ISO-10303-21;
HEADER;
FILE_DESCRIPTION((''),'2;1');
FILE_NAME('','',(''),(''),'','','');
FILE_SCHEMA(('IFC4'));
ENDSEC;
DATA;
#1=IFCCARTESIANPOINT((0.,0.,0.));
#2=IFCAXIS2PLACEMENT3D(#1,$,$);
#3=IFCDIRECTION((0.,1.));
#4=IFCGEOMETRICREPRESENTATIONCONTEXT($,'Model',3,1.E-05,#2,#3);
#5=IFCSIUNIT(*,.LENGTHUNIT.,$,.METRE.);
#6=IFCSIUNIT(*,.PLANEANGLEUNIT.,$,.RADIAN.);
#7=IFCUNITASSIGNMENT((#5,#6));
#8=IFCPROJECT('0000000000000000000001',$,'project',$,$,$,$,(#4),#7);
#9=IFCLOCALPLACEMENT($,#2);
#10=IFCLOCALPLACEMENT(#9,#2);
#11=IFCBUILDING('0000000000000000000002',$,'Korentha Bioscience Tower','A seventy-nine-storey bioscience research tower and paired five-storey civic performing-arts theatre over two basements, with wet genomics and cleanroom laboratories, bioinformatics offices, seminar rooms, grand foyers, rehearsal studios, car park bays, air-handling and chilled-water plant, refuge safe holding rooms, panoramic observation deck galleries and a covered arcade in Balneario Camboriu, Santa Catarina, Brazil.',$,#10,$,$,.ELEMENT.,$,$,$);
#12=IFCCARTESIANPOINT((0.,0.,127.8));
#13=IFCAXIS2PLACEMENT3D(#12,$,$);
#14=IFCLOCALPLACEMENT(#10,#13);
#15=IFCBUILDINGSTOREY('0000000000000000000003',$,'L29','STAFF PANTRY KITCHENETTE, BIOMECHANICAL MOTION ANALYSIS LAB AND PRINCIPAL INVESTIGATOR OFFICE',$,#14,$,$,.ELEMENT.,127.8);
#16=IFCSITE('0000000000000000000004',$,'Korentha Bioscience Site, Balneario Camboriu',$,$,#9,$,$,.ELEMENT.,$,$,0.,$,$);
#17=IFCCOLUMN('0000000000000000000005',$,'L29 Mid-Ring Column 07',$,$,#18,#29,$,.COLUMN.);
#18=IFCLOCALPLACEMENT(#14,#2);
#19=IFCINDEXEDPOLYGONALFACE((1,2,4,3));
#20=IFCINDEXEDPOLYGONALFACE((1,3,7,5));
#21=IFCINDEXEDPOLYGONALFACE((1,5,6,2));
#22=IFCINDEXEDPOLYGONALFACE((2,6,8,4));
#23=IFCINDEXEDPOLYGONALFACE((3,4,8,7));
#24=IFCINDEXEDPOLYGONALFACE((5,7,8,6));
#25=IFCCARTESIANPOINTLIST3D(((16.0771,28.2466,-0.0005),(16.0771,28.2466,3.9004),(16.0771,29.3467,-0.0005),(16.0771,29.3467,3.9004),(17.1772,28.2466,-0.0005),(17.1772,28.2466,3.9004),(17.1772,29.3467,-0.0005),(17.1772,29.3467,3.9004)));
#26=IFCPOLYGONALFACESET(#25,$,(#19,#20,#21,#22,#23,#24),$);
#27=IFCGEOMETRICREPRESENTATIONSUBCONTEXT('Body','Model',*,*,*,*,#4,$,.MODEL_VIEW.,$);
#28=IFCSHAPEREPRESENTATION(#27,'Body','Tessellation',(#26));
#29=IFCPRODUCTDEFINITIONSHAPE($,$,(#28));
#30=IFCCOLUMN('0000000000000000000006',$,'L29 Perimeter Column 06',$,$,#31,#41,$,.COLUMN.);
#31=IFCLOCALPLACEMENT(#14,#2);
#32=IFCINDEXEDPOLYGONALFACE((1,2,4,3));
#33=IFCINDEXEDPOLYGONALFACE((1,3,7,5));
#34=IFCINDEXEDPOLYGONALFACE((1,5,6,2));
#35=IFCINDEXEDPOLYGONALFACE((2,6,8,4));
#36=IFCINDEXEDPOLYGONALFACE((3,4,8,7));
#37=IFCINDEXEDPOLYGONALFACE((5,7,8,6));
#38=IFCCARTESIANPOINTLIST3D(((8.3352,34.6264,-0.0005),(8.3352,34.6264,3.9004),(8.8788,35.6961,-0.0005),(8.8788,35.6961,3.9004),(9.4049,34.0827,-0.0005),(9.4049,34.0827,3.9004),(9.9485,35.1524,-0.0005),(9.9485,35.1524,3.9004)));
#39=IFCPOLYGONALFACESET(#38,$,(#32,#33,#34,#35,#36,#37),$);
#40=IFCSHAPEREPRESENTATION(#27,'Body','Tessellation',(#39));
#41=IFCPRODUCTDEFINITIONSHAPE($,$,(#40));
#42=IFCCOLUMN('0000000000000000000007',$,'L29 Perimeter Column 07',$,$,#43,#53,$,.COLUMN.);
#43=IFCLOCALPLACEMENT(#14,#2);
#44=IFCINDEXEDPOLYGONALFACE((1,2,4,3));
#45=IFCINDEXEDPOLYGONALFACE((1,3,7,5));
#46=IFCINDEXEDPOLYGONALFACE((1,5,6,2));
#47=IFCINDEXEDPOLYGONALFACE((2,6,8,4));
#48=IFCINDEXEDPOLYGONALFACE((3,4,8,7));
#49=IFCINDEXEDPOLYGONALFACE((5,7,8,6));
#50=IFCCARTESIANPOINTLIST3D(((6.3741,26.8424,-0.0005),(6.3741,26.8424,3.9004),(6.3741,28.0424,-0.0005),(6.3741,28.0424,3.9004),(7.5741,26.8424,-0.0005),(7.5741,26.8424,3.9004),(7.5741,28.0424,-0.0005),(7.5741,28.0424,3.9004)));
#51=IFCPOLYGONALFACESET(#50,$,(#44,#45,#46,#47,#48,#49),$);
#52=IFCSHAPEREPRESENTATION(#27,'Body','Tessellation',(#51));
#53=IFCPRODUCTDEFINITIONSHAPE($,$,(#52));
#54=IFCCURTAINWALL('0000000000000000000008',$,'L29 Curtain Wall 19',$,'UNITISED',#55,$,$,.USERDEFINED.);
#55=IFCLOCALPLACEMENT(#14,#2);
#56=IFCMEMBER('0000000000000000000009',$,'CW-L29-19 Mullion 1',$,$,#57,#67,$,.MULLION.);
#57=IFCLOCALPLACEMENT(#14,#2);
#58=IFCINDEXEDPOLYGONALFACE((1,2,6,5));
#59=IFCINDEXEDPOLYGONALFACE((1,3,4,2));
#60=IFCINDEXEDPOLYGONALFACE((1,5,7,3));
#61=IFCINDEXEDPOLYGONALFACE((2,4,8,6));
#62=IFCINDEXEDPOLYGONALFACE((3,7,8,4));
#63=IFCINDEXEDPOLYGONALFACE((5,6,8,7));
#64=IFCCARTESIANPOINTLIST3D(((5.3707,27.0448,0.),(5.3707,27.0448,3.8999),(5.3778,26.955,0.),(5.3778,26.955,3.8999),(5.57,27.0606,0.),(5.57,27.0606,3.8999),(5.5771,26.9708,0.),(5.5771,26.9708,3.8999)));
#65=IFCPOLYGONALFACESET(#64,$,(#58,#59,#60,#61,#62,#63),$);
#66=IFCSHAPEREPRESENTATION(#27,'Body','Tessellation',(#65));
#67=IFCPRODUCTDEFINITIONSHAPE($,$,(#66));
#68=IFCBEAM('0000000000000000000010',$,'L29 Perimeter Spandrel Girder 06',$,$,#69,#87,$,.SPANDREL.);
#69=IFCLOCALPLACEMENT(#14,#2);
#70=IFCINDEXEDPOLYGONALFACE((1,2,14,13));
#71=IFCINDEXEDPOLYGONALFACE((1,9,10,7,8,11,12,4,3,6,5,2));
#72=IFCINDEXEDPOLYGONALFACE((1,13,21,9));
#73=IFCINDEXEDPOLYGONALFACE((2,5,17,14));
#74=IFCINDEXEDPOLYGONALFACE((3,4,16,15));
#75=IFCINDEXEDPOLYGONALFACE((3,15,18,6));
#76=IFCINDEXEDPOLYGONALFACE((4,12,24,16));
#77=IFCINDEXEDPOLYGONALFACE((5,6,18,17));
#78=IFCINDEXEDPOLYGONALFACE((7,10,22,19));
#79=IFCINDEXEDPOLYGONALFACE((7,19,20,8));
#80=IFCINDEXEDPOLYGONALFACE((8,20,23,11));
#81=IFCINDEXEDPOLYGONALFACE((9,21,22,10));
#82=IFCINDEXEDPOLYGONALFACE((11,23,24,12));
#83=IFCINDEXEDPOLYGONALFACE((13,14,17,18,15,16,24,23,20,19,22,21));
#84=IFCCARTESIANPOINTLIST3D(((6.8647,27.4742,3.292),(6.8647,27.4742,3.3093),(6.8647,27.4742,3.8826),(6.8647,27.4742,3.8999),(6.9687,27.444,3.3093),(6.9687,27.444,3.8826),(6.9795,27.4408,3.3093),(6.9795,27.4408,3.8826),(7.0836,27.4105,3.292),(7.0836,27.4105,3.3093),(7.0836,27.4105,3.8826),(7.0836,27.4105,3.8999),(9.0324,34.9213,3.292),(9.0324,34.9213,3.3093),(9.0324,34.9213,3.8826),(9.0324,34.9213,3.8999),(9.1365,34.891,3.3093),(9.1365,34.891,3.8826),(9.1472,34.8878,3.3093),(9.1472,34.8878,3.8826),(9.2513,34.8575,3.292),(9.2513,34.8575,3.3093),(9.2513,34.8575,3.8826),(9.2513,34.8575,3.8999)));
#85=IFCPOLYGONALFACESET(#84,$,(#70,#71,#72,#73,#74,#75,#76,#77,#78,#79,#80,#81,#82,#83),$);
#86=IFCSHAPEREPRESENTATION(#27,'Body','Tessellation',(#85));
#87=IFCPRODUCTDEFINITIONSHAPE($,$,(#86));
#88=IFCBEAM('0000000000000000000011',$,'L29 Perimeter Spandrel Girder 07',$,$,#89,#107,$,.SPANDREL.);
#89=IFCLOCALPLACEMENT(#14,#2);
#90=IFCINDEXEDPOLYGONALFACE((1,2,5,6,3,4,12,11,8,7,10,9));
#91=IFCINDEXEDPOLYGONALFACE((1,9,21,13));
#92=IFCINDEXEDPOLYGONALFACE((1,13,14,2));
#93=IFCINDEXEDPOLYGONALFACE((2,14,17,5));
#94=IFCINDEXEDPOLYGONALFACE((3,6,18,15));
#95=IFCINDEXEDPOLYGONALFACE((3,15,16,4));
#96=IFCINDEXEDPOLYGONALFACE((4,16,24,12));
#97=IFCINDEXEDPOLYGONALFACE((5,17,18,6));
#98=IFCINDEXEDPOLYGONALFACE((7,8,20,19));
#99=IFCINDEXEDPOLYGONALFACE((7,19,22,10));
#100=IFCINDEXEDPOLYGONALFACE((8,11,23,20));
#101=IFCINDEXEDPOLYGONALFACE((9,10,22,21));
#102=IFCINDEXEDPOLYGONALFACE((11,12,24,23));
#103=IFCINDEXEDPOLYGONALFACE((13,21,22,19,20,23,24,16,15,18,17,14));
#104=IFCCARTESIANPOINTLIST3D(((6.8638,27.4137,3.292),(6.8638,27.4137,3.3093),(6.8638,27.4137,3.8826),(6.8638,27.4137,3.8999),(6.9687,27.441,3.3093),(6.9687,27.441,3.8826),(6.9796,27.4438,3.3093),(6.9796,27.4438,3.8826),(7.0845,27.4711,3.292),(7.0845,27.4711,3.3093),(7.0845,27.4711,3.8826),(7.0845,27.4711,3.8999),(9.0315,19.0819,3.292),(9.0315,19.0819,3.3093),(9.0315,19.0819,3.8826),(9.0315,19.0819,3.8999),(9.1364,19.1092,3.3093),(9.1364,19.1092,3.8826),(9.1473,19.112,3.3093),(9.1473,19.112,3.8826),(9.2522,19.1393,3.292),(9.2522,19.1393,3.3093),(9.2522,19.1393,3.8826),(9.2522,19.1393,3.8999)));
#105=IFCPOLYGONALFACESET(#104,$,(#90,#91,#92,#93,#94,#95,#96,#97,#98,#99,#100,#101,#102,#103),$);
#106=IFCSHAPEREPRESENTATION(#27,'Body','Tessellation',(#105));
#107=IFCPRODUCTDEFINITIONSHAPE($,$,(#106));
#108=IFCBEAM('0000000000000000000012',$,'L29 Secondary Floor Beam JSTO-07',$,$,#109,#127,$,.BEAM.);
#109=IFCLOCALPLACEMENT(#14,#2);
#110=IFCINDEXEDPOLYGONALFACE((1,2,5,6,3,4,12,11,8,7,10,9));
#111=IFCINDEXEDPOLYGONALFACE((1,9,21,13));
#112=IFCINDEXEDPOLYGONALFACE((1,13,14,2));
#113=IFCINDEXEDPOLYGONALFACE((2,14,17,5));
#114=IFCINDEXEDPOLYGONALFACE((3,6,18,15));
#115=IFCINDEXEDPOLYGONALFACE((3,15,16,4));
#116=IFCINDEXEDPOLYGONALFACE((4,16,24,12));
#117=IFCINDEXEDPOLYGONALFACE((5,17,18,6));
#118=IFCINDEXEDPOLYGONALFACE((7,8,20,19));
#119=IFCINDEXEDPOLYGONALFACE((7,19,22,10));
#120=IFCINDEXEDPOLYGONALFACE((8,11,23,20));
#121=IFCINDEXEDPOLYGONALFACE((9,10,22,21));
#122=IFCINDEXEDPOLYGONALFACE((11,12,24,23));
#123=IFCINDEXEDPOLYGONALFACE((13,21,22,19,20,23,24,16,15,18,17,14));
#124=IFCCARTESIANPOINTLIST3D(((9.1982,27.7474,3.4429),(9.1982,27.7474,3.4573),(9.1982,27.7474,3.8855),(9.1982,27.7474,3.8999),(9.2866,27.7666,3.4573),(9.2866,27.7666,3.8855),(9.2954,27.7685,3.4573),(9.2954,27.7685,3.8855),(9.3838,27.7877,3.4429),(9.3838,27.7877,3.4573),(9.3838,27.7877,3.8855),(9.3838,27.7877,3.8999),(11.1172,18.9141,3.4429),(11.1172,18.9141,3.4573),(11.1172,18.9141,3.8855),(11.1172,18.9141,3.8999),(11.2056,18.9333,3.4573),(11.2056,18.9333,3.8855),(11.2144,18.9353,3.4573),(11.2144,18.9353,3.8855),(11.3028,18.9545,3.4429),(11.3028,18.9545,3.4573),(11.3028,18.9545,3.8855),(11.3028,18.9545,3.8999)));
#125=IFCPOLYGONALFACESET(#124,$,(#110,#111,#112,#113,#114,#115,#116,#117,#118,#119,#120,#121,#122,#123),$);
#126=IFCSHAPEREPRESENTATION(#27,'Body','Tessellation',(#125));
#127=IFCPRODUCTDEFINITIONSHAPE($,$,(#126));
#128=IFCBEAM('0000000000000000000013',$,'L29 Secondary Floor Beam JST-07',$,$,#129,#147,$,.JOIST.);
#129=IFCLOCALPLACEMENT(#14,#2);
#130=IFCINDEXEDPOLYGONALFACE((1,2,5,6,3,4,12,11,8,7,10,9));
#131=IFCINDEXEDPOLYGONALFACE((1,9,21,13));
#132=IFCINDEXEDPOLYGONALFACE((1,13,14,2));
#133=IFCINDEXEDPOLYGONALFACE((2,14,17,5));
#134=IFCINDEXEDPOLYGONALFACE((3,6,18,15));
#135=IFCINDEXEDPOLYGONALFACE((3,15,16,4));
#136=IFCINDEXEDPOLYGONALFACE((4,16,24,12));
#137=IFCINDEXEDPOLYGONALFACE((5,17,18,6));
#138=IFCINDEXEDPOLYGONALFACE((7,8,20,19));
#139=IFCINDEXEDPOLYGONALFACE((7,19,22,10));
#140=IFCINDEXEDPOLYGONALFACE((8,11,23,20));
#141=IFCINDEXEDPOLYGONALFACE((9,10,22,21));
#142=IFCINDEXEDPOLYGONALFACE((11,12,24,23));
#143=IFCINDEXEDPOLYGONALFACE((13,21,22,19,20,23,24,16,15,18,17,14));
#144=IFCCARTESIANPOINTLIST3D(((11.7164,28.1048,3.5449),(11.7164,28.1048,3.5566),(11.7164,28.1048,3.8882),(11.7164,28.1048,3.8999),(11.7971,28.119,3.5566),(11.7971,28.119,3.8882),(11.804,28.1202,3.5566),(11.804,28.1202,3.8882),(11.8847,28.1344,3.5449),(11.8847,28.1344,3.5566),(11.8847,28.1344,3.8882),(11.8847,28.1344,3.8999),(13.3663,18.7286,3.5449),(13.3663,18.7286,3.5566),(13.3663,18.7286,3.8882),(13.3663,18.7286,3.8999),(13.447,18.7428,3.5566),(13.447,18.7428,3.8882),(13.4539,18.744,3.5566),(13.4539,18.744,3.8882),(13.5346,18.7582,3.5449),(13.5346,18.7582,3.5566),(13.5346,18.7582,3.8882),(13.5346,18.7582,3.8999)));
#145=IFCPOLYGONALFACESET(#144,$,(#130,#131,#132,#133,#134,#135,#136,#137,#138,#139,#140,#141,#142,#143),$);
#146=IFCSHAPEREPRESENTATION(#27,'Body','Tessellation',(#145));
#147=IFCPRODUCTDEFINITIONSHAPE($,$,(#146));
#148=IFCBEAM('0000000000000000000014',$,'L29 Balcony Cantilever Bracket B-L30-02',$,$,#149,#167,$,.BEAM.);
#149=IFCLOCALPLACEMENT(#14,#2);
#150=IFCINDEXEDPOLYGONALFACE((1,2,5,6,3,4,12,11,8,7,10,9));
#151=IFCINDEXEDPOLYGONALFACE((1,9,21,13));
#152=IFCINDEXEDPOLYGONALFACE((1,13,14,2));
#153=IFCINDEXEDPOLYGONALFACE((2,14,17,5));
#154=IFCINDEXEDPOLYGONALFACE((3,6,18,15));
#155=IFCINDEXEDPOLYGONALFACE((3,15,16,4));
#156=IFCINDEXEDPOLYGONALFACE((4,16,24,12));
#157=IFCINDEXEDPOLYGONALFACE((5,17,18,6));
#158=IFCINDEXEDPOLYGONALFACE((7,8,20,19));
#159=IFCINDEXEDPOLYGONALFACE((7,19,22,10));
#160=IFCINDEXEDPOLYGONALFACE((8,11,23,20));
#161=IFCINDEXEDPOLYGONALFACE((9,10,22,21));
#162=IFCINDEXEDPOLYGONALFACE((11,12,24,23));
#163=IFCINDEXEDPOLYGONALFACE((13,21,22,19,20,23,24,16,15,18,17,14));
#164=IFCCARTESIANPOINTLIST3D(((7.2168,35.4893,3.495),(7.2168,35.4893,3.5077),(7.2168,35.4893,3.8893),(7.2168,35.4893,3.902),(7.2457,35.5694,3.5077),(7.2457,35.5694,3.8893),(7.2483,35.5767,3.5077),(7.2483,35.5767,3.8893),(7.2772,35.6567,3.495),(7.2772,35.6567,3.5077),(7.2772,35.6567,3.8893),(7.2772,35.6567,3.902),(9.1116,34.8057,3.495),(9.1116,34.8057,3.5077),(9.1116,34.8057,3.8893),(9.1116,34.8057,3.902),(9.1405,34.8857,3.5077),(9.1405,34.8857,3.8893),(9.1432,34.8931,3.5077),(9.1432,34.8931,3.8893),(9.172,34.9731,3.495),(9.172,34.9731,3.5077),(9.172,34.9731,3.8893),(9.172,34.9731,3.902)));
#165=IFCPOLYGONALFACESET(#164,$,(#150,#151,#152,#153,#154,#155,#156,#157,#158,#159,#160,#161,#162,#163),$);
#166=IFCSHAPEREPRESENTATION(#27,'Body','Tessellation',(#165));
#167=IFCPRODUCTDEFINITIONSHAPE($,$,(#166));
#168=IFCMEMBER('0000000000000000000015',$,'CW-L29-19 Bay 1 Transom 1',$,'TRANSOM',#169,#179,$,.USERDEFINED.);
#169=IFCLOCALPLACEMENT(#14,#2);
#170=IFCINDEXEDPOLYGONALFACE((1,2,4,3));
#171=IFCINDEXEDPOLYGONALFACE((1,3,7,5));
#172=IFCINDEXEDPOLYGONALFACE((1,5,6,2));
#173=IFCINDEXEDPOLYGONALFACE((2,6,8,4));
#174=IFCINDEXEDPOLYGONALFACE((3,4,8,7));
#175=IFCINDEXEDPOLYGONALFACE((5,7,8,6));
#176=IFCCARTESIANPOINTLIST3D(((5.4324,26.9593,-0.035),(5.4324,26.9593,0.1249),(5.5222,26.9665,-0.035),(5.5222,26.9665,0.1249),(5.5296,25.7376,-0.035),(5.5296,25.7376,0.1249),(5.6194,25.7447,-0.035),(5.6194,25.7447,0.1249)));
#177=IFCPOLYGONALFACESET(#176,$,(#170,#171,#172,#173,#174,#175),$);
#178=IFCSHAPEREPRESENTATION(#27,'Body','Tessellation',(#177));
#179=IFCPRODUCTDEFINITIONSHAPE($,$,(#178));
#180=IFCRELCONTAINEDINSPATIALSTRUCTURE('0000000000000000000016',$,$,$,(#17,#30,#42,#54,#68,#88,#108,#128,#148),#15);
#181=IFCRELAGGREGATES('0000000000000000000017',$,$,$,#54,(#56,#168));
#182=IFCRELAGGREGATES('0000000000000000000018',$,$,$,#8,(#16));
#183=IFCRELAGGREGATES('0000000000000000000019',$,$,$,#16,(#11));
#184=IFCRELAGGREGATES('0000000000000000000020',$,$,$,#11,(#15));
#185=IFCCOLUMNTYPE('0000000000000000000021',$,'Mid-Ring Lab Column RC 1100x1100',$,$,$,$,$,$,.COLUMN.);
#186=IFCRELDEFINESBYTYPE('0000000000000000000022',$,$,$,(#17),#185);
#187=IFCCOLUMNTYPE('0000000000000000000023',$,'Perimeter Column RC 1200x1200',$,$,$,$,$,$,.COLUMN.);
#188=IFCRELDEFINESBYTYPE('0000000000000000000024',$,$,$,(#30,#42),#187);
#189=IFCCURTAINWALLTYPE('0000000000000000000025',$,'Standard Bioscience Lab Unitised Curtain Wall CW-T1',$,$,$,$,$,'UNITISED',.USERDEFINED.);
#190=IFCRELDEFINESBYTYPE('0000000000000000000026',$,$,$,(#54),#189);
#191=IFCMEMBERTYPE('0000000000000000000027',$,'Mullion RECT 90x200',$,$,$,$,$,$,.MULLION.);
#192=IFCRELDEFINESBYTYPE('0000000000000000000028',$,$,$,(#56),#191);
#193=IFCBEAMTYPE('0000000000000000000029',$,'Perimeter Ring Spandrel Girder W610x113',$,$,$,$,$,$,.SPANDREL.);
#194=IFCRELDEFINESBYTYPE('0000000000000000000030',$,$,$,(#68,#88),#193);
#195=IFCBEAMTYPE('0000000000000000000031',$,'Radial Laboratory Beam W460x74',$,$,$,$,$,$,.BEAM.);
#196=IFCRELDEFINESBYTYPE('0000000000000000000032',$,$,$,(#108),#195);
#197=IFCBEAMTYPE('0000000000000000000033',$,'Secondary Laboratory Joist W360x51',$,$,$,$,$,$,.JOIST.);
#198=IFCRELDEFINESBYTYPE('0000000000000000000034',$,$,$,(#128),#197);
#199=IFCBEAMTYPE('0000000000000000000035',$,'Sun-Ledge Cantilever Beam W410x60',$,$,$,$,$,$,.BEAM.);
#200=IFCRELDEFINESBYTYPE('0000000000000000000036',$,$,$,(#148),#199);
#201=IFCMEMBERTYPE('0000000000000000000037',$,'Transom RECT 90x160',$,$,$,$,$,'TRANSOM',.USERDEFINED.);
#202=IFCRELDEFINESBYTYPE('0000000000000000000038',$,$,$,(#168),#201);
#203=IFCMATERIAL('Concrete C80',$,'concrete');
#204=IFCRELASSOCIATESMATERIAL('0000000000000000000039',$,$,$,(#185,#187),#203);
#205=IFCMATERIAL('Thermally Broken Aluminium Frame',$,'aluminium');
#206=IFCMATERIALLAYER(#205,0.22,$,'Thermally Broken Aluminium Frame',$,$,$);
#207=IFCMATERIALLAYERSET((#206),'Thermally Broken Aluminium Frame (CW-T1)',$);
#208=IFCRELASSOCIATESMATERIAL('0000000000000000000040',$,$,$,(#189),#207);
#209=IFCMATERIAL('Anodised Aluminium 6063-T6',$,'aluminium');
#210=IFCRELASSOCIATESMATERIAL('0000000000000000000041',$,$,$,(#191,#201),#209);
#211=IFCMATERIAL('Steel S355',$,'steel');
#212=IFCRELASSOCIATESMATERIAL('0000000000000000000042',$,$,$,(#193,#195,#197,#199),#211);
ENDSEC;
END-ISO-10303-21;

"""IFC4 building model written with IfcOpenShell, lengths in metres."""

from ifc_helpers import new_model, si_unit, direction, frame, origin, origin_2d, place, context, subcontext, project, spatial, rectangle, i_section, extrude, material, layer, layer_set, material_profile, profile_set, type_object, element, aggregate, save


model = new_model("IFC4")

# Units and contexts
model_context = context("Model", 3, precision=1e-05, world=origin(), true_north=direction((0.0, 1.0)))
body_context = subcontext(model_context, "Body", "Model", "MODEL_VIEW")
ifc_project = project(units=[si_unit("LENGTHUNIT", "METRE"), si_unit("PLANEANGLEUNIT", "RADIAN")], contexts=[model_context])

# Site, building, storey
site_placement = place(None, origin())
site = spatial("IfcSite", under=ifc_project, at=site_placement, Name="Korentha Bioscience Site, Balneario Camboriu", CompositionType="ELEMENT", RefElevation=0.0)
building_placement = place(site_placement, origin())
building = spatial("IfcBuilding", under=site, at=building_placement, Name="Korentha Bioscience Tower", Description="A seventy-nine-storey bioscience research tower and paired five-storey civic performing-arts theatre over two basements, with wet genomics and cleanroom laboratories, bioinformatics offices, seminar rooms, grand foyers, rehearsal studios, car park bays, air-handling and chilled-water plant, refuge safe holding rooms, panoramic observation deck galleries and a covered arcade in Balneario Camboriu, Santa Catarina, Brazil.", CompositionType="ELEMENT")
storey_placement = place(building_placement, frame((0.0, 0.0, 127.8)))
storey = spatial("IfcBuildingStorey", under=building, at=storey_placement, Name="L29", Description="STAFF PANTRY KITCHENETTE, BIOMECHANICAL MOTION ANALYSIS LAB AND PRINCIPAL INVESTIGATOR OFFICE", CompositionType="ELEMENT", Elevation=127.8)

# Columns
ifc_material_1 = material(Name="Concrete C80", Category="concrete")
ifc_material_profile_1 = material_profile(ifc_material_1, rectangle(XDim=1.1001, YDim=1.1001, at=origin_2d()), Name="Concrete C80")
ifc_profile_set_1 = profile_set([ifc_material_profile_1], Name="Concrete C80 (COL-MR11)")
column_type_1 = type_object("IfcColumnType", Name="Mid-Ring Lab Column RC 1100x1100", PredefinedType="COLUMN", material=ifc_profile_set_1)
column_placement = place(storey_placement, frame((16.6272, 28.7966, -0.0005), z_axis=(0.0, 0.0, 1.0), x_axis=(1.0, 0.0, 0.0)))
element("IfcColumn", 1, at=column_placement, inside=storey, type_object=column_type_1, Name="L29 Mid-Ring Column 07", PredefinedType="COLUMN", context=body_context, shape_type="SweptSolid", body=[
    extrude(rectangle(XDim=1.1001, YDim=1.1001, at=origin_2d()), origin(), (0.0, 0.0, 1.0), 3.9009),
])
ifc_material_profile_2 = material_profile(ifc_material_1, rectangle(XDim=1.2, YDim=1.2, at=origin_2d()), Name="Concrete C80")
ifc_profile_set_2 = profile_set([ifc_material_profile_2], Name="Concrete C80 (COL-P12)")
column_type_2 = type_object("IfcColumnType", Name="Perimeter Column RC 1200x1200", PredefinedType="COLUMN", material=ifc_profile_set_2)
for number, where, z_axis, x_axis, name in (
    (2, (9.1418, 34.8894, -0.0005), (0.0, 0.0, 1.0), (0.453057, 0.891481, 0.0), "L29 Perimeter Column 06"),
    (3, (6.9741, 27.4424, -0.0005), (0.0, 0.0, 1.0), (0.0, 1.0, 0.0), "L29 Perimeter Column 07"),
):
    element("IfcColumn", number, at=place(storey_placement, frame(where, z_axis=z_axis, x_axis=x_axis)), inside=storey, type_object=column_type_2, Name=name, PredefinedType="COLUMN", context=body_context, shape_type="SweptSolid", body=[
        extrude(rectangle(XDim=1.2, YDim=1.2, at=origin_2d()), origin(), (0.0, 0.0, 1.0), 3.9009),
    ])

# Curtain wall, member
ifc_material_2 = material(Name="Thermally Broken Aluminium Frame", Category="aluminium")
ifc_layer_1 = layer(ifc_material_2, 0.22, Name="Thermally Broken Aluminium Frame")
ifc_layer_set_1 = layer_set([ifc_layer_1], Name="Thermally Broken Aluminium Frame (CW-T1)")
curtain_wall_type = type_object("IfcCurtainWallType", Name="Standard Bioscience Lab Unitised Curtain Wall CW-T1", ElementType="UNITISED", PredefinedType="USERDEFINED", material=ifc_layer_set_1)
curtain_wall_placement = place(storey_placement, origin())
curtain_wall = element("IfcCurtainWall", 4, at=curtain_wall_placement, inside=storey, type_object=curtain_wall_type, Name="L29 Curtain Wall 19", ObjectType="UNITISED", PredefinedType="USERDEFINED")
ifc_material_3 = material(Name="Anodised Aluminium 6063-T6", Category="aluminium")
ifc_material_profile_3 = material_profile(ifc_material_3, rectangle(XDim=0.0901, YDim=0.2, at=origin_2d()), Name="Anodised Aluminium 6063-T6")
ifc_profile_set_3 = profile_set([ifc_material_profile_3], Name="Anodised Aluminium 6063-T6 (CW-MUL)")
member_type_1 = type_object("IfcMemberType", Name="Mullion RECT 90x200", PredefinedType="MULLION", material=ifc_profile_set_3)
member_1_placement = place(storey_placement, frame((5.4739, 27.0078, 0.0), z_axis=(0.0, 0.0, 1.0), x_axis=(0.07913, -0.996864, 0.0)))
member_1 = element("IfcMember", 5, at=member_1_placement, type_object=member_type_1, Name="CW-L29-19 Mullion 1", PredefinedType="MULLION", context=body_context, shape_type="SweptSolid", body=[
    extrude(rectangle(XDim=0.0901, YDim=0.2, at=origin_2d()), origin(), (0.0, 0.0, 1.0), 3.8999),
])

# Beams
ifc_material_4 = material(Name="Steel S355", Category="steel")
ifc_material_profile_4 = material_profile(ifc_material_4, i_section(OverallWidth=0.228, OverallDepth=0.6079, WebThickness=0.0112, FlangeThickness=0.0173, at=origin_2d()), Name="Steel S355")
ifc_profile_set_4 = profile_set([ifc_material_profile_4], Name="Steel S355 (SB-610)")
beam_type_1 = type_object("IfcBeamType", Name="Perimeter Ring Spandrel Girder W610x113", PredefinedType="SPANDREL", material=ifc_profile_set_4)
beam_1_placement = place(storey_placement, frame((9.1418, 34.8894, 3.5959), z_axis=(-0.279486, -0.96015, 0.0), x_axis=(0.96015, -0.279486, 0.0)))
element("IfcBeam", 6, at=beam_1_placement, inside=storey, type_object=beam_type_1, Name="L29 Perimeter Spandrel Girder 06", PredefinedType="SPANDREL", context=body_context, shape_type="SweptSolid", body=[
    extrude(i_section(OverallWidth=0.228, OverallDepth=0.6079, WebThickness=0.0112, FlangeThickness=0.0173, at=origin_2d()), origin(), (0.0, 0.0, 1.0), 7.7561),
])
beam_2_placement = place(storey_placement, frame((6.9741, 27.4424, 3.5959), z_axis=(0.251793, -0.967781, 0.0), x_axis=(0.967781, 0.251793, 0.0)))
element("IfcBeam", 7, at=beam_2_placement, inside=storey, type_object=beam_type_1, Name="L29 Perimeter Spandrel Girder 07", PredefinedType="SPANDREL", context=body_context, shape_type="SweptSolid", body=[
    extrude(i_section(OverallWidth=0.228, OverallDepth=0.6079, WebThickness=0.0112, FlangeThickness=0.0173, at=origin_2d()), origin(), (0.0, 0.0, 1.0), 8.6091),
])
ifc_material_profile_5 = material_profile(ifc_material_4, i_section(OverallWidth=0.1899, OverallDepth=0.457, WebThickness=0.009, FlangeThickness=0.0144, at=origin_2d()), Name="Steel S355")
ifc_profile_set_5 = profile_set([ifc_material_profile_5], Name="Steel S355 (RB-460)")
beam_type_2 = type_object("IfcBeamType", Name="Radial Laboratory Beam W460x74", PredefinedType="BEAM", material=ifc_profile_set_5)
beam_3_placement = place(storey_placement, frame((9.291, 27.7676, 3.6714), z_axis=(0.212289, -0.977207, 0.0), x_axis=(0.977207, 0.212289, 0.0)))
element("IfcBeam", 8, at=beam_3_placement, inside=storey, type_object=beam_type_2, Name="L29 Secondary Floor Beam JSTO-07", PredefinedType="BEAM", context=body_context, shape_type="SweptSolid", body=[
    extrude(i_section(OverallWidth=0.1899, OverallDepth=0.457, WebThickness=0.009, FlangeThickness=0.0144, at=origin_2d()), origin(), (0.0, 0.0, 1.0), 9.0393),
])
ifc_material_profile_6 = material_profile(ifc_material_4, i_section(OverallWidth=0.1709, OverallDepth=0.355, WebThickness=0.0071, FlangeThickness=0.0117, at=origin_2d()), Name="Steel S355")
ifc_profile_set_6 = profile_set([ifc_material_profile_6], Name="Steel S355 (JB-360)")
beam_type_3 = type_object("IfcBeamType", Name="Secondary Laboratory Joist W360x51", PredefinedType="JOIST", material=ifc_profile_set_6)
beam_4_placement = place(storey_placement, frame((11.8005, 28.1196, 3.7224), z_axis=(0.173304, -0.984868, 0.0), x_axis=(0.984868, 0.173304, 0.0)))
element("IfcBeam", 9, at=beam_4_placement, inside=storey, type_object=beam_type_3, Name="L29 Secondary Floor Beam JST-07", PredefinedType="JOIST", context=body_context, shape_type="SweptSolid", body=[
    extrude(i_section(OverallWidth=0.1709, OverallDepth=0.355, WebThickness=0.0071, FlangeThickness=0.0117, at=origin_2d()), origin(), (0.0, 0.0, 1.0), 9.5203),
])
ifc_material_profile_7 = material_profile(ifc_material_4, i_section(OverallWidth=0.178, OverallDepth=0.407, WebThickness=0.0078, FlangeThickness=0.0127, at=origin_2d()), Name="Steel S355")
ifc_profile_set_7 = profile_set([ifc_material_profile_7], Name="Steel S355 (CB-410)")
beam_type_4 = type_object("IfcBeamType", Name="Sun-Ledge Cantilever Beam W410x60", PredefinedType="BEAM", material=ifc_profile_set_7)
beam_5_placement = place(storey_placement, frame((9.1418, 34.8894, 3.6985), z_axis=(-0.940654, 0.339367, 0.0), x_axis=(-0.339367, -0.940654, 0.0)))
element("IfcBeam", 10, at=beam_5_placement, inside=storey, type_object=beam_type_4, Name="L29 Balcony Cantilever Bracket B-L30-02", PredefinedType="BEAM", context=body_context, shape_type="SweptSolid", body=[
    extrude(i_section(OverallWidth=0.178, OverallDepth=0.407, WebThickness=0.0078, FlangeThickness=0.0127, at=origin_2d()), origin(), (0.0, 0.0, 1.0), 2.0144),
])

# Member
ifc_material_profile_8 = material_profile(ifc_material_3, rectangle(XDim=0.0901, YDim=0.1599, at=origin_2d()), Name="Anodised Aluminium 6063-T6")
ifc_profile_set_8 = profile_set([ifc_material_profile_8], Name="Anodised Aluminium 6063-T6 (CW-TRN)")
member_type_2 = type_object("IfcMemberType", Name="Transom RECT 90x160", ElementType="TRANSOM", PredefinedType="USERDEFINED", material=ifc_profile_set_8)
member_2_placement = place(storey_placement, frame((5.4773, 26.9629, 0.0449), z_axis=(0.079286, -0.996852, 0.0), x_axis=(0.996852, 0.079286, 0.0)))
member_2 = element("IfcMember", 11, at=member_2_placement, type_object=member_type_2, Name="CW-L29-19 Bay 1 Transom 1", ObjectType="TRANSOM", PredefinedType="USERDEFINED", context=body_context, shape_type="SweptSolid", body=[
    extrude(rectangle(XDim=0.0901, YDim=0.1599, at=origin_2d()), origin(), (0.0, 0.0, 1.0), 1.2256),
])
aggregate(curtain_wall, [member_1, member_2])

save(model, "model.ifc")
